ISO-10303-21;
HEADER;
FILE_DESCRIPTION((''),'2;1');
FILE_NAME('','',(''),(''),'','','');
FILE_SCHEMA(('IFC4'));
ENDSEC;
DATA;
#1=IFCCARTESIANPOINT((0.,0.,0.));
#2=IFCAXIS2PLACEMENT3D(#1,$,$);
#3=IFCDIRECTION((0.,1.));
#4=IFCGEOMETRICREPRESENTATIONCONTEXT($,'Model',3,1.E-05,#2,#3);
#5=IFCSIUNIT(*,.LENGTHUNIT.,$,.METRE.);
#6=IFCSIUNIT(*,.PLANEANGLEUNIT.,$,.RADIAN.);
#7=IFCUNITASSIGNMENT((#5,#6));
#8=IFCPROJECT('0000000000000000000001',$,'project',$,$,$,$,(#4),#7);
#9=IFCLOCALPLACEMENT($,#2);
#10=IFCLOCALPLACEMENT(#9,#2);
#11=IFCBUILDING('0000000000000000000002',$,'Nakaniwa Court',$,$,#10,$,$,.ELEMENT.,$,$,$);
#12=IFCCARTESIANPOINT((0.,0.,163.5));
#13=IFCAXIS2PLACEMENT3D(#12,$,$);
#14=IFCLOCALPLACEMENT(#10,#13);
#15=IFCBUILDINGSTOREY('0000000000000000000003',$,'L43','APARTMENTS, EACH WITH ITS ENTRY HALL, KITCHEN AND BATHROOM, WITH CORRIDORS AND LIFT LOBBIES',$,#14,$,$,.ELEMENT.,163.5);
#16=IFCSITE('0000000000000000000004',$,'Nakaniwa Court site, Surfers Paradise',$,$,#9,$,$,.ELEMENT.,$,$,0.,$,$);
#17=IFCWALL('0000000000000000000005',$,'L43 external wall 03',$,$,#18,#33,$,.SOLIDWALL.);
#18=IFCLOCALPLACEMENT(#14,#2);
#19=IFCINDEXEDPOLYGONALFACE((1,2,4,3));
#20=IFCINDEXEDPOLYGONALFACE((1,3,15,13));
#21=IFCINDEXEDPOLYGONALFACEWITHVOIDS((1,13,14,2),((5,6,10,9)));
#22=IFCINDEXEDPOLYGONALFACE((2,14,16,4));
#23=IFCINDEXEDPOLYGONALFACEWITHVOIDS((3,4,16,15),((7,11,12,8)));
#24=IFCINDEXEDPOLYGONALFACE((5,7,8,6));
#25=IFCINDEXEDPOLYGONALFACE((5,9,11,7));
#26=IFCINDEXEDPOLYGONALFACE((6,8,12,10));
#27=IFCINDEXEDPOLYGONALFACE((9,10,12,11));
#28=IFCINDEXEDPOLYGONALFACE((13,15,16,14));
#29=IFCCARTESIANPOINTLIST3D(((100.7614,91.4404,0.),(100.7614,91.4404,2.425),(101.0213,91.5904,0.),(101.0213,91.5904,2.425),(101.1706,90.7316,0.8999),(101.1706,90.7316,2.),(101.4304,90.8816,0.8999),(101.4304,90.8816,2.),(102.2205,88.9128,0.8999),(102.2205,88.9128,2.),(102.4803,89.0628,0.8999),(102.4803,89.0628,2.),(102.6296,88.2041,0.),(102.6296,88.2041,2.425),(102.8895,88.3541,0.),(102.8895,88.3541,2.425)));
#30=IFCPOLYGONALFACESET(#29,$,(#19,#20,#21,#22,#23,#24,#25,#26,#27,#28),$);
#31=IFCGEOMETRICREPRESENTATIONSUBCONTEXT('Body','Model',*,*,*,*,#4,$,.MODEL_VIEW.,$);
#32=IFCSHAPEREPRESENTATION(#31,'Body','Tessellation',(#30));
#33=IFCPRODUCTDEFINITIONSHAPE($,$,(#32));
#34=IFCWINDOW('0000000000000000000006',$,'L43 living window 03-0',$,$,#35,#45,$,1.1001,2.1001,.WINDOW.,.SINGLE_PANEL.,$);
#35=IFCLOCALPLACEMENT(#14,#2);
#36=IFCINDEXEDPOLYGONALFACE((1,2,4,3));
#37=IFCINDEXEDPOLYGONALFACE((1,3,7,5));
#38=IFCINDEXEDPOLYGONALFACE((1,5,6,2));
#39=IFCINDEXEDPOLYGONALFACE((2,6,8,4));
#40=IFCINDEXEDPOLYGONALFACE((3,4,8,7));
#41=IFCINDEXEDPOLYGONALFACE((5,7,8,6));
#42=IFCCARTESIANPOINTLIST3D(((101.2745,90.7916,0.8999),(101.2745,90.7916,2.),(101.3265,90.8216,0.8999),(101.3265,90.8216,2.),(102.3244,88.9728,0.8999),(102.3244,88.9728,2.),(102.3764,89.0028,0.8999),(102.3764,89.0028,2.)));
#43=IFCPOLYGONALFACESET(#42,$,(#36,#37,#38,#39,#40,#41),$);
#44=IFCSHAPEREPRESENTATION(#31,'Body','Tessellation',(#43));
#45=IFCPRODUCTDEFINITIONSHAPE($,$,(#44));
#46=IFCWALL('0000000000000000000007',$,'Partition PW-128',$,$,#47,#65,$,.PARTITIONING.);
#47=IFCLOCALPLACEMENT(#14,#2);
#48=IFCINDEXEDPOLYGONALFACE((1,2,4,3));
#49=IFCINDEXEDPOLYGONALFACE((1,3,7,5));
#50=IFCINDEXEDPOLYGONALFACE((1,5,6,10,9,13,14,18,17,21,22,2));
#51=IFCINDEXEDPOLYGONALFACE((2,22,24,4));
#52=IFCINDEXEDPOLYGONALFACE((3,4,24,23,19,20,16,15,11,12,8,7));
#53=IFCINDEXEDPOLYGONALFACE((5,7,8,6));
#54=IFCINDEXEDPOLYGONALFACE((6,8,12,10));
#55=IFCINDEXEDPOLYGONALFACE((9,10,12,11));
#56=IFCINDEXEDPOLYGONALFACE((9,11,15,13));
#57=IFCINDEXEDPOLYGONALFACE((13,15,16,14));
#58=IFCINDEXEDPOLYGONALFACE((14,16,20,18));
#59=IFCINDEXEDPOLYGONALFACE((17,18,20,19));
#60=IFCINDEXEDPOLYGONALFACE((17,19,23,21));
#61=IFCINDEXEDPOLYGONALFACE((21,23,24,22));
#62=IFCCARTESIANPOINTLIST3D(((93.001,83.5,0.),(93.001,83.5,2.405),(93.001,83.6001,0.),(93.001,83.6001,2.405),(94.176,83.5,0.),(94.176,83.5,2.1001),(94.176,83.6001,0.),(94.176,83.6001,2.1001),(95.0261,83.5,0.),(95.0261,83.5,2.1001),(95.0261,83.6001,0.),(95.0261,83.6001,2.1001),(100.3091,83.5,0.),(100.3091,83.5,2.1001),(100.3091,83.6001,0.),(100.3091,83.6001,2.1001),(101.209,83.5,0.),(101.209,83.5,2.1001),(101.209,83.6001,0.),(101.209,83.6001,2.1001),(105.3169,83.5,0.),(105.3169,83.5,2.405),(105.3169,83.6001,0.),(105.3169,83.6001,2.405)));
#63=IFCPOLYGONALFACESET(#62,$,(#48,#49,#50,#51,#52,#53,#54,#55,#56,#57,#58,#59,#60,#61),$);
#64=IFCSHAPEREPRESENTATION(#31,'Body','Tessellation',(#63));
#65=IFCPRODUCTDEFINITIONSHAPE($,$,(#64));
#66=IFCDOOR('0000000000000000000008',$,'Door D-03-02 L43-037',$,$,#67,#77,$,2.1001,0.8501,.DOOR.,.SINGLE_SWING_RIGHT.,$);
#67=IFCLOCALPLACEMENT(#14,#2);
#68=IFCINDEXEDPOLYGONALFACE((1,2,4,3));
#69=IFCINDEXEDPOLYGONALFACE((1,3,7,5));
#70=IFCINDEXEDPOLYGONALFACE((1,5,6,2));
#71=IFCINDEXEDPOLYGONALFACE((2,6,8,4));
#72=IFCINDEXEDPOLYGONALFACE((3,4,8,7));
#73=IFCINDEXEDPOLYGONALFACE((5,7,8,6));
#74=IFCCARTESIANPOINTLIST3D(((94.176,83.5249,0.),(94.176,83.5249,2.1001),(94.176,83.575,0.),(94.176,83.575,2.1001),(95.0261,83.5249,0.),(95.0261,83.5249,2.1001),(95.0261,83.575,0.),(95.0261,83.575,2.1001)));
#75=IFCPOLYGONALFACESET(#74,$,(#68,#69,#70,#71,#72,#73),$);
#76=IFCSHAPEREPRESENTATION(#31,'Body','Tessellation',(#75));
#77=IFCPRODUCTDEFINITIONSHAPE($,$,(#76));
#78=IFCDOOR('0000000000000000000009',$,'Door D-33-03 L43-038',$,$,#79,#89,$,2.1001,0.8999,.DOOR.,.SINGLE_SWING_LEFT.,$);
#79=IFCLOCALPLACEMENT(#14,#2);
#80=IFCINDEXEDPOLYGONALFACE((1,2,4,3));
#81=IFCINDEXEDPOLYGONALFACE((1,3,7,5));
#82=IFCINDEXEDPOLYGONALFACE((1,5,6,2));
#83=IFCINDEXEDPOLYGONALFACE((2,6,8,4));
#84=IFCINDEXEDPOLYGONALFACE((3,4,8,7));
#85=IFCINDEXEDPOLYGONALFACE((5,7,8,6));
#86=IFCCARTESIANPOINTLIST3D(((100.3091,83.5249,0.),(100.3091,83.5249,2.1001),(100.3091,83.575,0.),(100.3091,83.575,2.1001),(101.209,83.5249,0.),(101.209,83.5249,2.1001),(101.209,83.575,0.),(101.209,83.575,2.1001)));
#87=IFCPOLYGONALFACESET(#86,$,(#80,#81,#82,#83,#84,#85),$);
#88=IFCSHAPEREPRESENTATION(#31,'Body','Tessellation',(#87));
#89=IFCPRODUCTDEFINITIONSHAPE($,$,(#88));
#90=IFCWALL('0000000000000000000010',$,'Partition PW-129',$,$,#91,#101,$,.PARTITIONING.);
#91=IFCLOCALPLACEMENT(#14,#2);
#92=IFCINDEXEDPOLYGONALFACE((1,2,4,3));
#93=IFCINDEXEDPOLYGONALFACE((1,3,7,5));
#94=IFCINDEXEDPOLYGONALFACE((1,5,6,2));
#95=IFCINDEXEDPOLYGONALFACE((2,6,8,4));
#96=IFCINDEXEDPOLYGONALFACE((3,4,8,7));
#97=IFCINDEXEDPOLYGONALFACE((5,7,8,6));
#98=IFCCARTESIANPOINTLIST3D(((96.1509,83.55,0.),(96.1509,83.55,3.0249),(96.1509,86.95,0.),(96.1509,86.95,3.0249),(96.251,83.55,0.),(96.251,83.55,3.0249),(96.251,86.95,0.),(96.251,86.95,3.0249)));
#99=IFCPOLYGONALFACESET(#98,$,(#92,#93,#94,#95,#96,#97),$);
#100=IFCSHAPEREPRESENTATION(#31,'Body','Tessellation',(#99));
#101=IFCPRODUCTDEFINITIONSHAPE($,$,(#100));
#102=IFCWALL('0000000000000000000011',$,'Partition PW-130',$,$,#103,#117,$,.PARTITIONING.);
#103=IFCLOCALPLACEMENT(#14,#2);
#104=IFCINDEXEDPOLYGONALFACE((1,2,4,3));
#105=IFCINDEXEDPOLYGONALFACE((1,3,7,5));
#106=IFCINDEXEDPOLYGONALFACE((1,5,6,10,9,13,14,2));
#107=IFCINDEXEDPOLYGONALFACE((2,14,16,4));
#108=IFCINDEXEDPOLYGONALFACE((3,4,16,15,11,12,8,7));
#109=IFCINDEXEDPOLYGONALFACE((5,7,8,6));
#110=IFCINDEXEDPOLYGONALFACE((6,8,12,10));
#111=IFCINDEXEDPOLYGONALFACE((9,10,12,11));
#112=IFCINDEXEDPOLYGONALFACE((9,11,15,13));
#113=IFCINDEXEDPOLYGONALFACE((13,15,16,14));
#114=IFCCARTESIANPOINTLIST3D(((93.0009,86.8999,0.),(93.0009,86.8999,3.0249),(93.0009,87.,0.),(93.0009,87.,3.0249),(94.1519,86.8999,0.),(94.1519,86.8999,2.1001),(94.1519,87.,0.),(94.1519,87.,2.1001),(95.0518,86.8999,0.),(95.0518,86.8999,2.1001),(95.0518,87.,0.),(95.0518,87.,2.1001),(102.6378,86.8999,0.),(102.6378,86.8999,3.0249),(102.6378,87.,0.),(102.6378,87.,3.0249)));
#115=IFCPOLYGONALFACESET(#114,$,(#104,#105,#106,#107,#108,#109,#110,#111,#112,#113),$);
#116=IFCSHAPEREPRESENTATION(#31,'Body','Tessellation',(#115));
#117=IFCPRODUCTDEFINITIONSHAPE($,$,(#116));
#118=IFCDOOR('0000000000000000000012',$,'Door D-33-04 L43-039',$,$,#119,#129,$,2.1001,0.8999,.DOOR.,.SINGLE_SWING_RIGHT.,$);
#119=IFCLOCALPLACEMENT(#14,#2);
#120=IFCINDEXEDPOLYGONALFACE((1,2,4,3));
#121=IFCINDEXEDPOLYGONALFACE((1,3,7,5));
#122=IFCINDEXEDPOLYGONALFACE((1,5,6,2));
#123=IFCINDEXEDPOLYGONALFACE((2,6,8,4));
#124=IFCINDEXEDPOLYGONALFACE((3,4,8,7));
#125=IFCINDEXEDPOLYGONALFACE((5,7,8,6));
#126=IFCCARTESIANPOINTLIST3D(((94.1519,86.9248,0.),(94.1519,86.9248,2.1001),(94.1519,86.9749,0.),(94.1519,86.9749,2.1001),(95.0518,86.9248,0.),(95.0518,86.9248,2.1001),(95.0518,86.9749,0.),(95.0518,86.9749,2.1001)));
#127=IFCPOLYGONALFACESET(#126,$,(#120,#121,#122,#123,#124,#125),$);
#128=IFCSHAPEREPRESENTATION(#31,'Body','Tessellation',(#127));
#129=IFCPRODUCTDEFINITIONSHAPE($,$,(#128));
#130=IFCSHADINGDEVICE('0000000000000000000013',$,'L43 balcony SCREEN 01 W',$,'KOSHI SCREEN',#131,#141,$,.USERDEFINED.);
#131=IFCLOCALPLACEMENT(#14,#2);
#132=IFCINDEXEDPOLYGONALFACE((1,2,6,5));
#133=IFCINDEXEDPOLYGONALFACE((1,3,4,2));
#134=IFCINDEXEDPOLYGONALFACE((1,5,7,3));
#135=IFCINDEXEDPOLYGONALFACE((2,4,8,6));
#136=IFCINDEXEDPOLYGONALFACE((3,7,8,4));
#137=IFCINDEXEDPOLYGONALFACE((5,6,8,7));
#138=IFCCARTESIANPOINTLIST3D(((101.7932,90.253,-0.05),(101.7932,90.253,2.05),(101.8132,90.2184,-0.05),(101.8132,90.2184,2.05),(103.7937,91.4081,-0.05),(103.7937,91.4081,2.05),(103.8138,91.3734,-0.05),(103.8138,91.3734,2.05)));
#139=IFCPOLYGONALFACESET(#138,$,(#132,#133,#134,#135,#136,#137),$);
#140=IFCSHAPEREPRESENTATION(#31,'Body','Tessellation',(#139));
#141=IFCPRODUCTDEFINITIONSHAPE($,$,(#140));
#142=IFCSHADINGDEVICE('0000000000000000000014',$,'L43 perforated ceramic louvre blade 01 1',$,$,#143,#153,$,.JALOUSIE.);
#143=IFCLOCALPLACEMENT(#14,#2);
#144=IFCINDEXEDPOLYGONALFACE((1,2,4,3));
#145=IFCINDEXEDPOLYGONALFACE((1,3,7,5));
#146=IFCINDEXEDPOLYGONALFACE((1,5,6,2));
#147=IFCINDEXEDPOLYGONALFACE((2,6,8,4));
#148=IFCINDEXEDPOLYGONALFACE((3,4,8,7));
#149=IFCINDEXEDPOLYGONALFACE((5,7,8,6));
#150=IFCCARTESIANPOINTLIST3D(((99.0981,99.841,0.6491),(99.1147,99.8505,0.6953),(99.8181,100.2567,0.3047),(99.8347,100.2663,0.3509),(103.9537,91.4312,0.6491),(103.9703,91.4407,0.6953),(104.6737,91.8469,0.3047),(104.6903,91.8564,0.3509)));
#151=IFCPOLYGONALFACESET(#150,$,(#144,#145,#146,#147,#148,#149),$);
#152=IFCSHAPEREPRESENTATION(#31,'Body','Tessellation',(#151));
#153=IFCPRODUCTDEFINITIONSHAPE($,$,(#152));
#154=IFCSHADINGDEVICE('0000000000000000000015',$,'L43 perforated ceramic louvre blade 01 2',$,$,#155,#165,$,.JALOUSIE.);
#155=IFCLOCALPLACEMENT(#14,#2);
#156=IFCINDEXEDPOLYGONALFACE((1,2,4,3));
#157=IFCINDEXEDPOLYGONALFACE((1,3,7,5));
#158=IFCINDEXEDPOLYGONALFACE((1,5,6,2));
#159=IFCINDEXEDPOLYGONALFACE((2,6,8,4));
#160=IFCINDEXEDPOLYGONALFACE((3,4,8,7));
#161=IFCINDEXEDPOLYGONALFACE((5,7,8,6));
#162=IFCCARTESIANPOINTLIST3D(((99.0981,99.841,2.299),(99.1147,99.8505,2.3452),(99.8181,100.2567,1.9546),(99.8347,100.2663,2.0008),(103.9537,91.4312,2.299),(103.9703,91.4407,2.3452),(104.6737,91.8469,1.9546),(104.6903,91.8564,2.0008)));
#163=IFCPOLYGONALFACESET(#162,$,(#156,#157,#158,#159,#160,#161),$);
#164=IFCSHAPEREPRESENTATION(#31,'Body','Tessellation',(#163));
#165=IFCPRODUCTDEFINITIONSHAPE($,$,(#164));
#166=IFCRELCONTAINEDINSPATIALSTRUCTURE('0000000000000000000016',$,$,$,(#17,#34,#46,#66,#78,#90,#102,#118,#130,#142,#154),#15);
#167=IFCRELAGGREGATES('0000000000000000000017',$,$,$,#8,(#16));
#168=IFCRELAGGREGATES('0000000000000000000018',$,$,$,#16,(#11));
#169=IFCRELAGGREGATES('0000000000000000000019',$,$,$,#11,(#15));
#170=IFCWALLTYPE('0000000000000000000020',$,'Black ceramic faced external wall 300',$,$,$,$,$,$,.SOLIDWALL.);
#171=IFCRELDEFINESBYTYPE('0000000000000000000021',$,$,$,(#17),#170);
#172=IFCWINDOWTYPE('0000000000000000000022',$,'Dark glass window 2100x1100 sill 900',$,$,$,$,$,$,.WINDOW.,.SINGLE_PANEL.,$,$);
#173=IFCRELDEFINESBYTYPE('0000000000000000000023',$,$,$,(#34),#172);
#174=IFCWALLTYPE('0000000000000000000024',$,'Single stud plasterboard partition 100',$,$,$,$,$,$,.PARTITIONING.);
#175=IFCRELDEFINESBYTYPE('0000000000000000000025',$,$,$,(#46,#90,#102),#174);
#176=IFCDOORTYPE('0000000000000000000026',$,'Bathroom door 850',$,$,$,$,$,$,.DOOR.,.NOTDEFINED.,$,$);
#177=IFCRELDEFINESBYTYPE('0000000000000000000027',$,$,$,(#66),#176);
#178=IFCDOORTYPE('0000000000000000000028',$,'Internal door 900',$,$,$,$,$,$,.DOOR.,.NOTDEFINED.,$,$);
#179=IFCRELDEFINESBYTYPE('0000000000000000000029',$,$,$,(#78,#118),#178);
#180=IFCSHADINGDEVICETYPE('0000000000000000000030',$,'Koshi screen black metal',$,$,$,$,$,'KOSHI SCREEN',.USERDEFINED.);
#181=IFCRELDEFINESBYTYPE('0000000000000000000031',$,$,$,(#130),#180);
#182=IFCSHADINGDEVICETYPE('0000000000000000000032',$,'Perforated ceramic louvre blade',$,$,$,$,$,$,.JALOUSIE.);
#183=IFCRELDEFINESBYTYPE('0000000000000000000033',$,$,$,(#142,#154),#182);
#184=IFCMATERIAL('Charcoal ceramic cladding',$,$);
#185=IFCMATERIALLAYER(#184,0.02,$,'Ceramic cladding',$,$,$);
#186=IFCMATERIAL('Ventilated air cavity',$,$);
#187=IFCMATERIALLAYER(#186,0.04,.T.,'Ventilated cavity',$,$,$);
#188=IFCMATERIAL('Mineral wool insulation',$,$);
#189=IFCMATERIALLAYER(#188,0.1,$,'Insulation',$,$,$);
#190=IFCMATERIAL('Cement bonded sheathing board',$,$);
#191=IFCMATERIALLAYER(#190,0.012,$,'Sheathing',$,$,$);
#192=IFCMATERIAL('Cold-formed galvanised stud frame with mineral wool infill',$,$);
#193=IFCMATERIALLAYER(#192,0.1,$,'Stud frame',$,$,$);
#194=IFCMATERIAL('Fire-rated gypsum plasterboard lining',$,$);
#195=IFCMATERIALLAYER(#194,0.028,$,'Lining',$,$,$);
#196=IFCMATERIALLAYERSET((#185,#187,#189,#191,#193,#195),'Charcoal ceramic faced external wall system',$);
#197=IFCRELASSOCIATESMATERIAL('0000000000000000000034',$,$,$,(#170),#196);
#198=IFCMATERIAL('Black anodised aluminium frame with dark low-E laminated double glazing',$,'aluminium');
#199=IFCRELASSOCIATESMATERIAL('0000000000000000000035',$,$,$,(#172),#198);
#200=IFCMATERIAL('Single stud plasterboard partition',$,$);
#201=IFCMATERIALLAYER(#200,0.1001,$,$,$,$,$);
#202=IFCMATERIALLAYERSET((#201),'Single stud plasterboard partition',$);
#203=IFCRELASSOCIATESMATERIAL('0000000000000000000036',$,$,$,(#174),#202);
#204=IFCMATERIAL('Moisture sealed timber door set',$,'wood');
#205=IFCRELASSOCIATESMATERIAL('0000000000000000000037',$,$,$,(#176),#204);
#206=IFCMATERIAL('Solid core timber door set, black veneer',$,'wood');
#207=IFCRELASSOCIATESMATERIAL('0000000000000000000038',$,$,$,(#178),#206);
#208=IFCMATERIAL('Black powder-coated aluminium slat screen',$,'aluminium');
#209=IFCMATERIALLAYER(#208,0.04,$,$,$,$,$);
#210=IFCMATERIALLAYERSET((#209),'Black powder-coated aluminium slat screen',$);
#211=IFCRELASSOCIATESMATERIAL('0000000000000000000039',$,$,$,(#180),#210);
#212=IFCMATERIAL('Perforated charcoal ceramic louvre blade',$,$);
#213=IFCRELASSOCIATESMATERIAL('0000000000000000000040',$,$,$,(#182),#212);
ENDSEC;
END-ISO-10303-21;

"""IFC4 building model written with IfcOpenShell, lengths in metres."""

from ifc_helpers import new_model, si_unit, direction, frame, frame_2d, origin, origin_2d, place, context, subcontext, project, spatial, rectangle, extrude, material, layer, layer_set, material_profile, profile_set, type_object, element, fill, save


model = new_model("IFC4")

# Units and contexts
model_context = context("Model", 3, precision=1e-05, world=origin(), true_north=direction((0.0, 1.0)))
body_context = subcontext(model_context, "Body", "Model", "MODEL_VIEW")
ifc_project = project(units=[si_unit("LENGTHUNIT", "METRE"), si_unit("PLANEANGLEUNIT", "RADIAN")], contexts=[model_context])

# Site, building, storey
site_placement = place(None, origin())
site = spatial("IfcSite", under=ifc_project, at=site_placement, Name="Nakaniwa Court site, Surfers Paradise", CompositionType="ELEMENT", RefElevation=0.0)
building_placement = place(site_placement, origin())
building = spatial("IfcBuilding", under=site, at=building_placement, Name="Nakaniwa Court", CompositionType="ELEMENT")
storey_placement = place(building_placement, frame((0.0, 0.0, 163.5)))
storey = spatial("IfcBuildingStorey", under=building, at=storey_placement, Name="L43", Description="APARTMENTS, EACH WITH ITS ENTRY HALL, KITCHEN AND BATHROOM, WITH CORRIDORS AND LIFT LOBBIES", CompositionType="ELEMENT", Elevation=163.5)

# Shared definitions
ifc_material_1 = material(Name="Solid core timber door set, black veneer", Category="wood")

# Shared definitions
ifc_material_2 = material(Name="Charcoal ceramic cladding")
ifc_layer_1 = layer(ifc_material_2, 0.02, Name="Ceramic cladding")
ifc_material_3 = material(Name="Ventilated air cavity")
ifc_layer_2 = layer(ifc_material_3, 0.04, ventilated=True, Name="Ventilated cavity")
ifc_material_4 = material(Name="Mineral wool insulation")
ifc_layer_3 = layer(ifc_material_4, 0.1, Name="Insulation")
ifc_material_5 = material(Name="Cement bonded sheathing board")
ifc_layer_4 = layer(ifc_material_5, 0.012, Name="Sheathing")
ifc_material_6 = material(Name="Cold-formed galvanised stud frame with mineral wool infill")
ifc_layer_5 = layer(ifc_material_6, 0.1, Name="Stud frame")
ifc_material_7 = material(Name="Fire-rated gypsum plasterboard lining")
ifc_layer_6 = layer(ifc_material_7, 0.028, Name="Lining")
ifc_layer_set_1 = layer_set([ifc_layer_1, ifc_layer_2, ifc_layer_3, ifc_layer_4, ifc_layer_5, ifc_layer_6], Name="Charcoal ceramic faced external wall system")
wall_type_1 = type_object("IfcWallType", Name="Black ceramic faced external wall 300", PredefinedType="SOLIDWALL", material=ifc_layer_set_1)

# Wall, opening, window
ifc_material_8 = material(Name="Black anodised aluminium frame with dark low-E laminated double glazing", Category="aluminium")
window_type = type_object("IfcWindowType", Name="Dark glass window 2100x1100 sill 900", PartitioningType="SINGLE_PANEL", PredefinedType="WINDOW", material=ifc_material_8)
wall_1_placement = place(storey_placement, frame((102.7595, 88.2791, 0.0), z_axis=(0.0, 0.0, 1.0), x_axis=(-0.499934, 0.866064, 0.0)))
wall_1 = element("IfcWall", 1, at=wall_1_placement, inside=storey, type_object=wall_type_1, Name="L43 external wall 03", PredefinedType="SOLIDWALL", context=body_context, shape_type="SweptSolid", body=[
    extrude(rectangle(XDim=3.7368, YDim=0.3, at=frame_2d((1.8684, 0.0))), origin(), (0.0, 0.0, 1.0), 2.425),
])
opening_1_placement = place(wall_1_placement, frame((0.8184, 0.0, 0.8999)))
opening_1 = element("IfcOpeningElement", 2, at=opening_1_placement, cuts=wall_1, PredefinedType="OPENING", context=body_context, shape_type="SweptSolid", body=[
    extrude(rectangle(XDim=2.1001, YDim=1.1001, at=frame_2d((1.05, 0.55))), frame((0.0, 0.1599, 0.0), z_axis=(0.0, -1.0, 0.0), x_axis=(1.0, 0.0, 0.0)), (0.0, 0.0, 1.0), 0.3201),
])
window_1_placement = place(opening_1_placement, origin())
window_1 = element("IfcWindow", 3, at=window_1_placement, inside=storey, type_object=window_type, Name="L43 living window 03-0", OverallHeight=1.1001, OverallWidth=2.1001, PartitioningType="SINGLE_PANEL", PredefinedType="WINDOW", context=body_context, shape_type="SweptSolid", body=[
    extrude(rectangle(XDim=2.1001, YDim=1.1001, at=frame_2d((1.05, 0.55))), frame((0.0, 0.03, 0.0), z_axis=(0.0, -1.0, 0.0), x_axis=(1.0, 0.0, 0.0)), (0.0, 0.0, 1.0), 0.0601),
])
fill(opening_1, window_1)

# Wall, openings, doors
ifc_material_9 = material(Name="Single stud plasterboard partition")
ifc_layer_7 = layer(ifc_material_9, 0.1001)
ifc_layer_set_2 = layer_set([ifc_layer_7], Name="Single stud plasterboard partition")
wall_type_2 = type_object("IfcWallType", Name="Single stud plasterboard partition 100", PredefinedType="PARTITIONING", material=ifc_layer_set_2)
wall_2_placement = place(storey_placement, frame((93.001, 83.55, 0.0), z_axis=(0.0, 0.0, 1.0), x_axis=(1.0, 0.0, 0.0)))
wall_2 = element("IfcWall", 4, at=wall_2_placement, inside=storey, type_object=wall_type_2, Name="Partition PW-128", PredefinedType="PARTITIONING", context=body_context, shape_type="SweptSolid", body=[
    extrude(rectangle(XDim=12.3159, YDim=0.1001, at=frame_2d((6.158, 0.0))), origin(), (0.0, 0.0, 1.0), 2.405),
])
opening_2_placement = place(wall_2_placement, frame((1.175, 0.0, 0.0)))
opening_2 = element("IfcOpeningElement", 5, at=opening_2_placement, cuts=wall_2, PredefinedType="OPENING", context=body_context, shape_type="SweptSolid", body=[
    extrude(rectangle(XDim=0.8501, YDim=2.1001, at=frame_2d((0.425, 1.05))), frame((0.0, 0.0601, 0.0), z_axis=(0.0, -1.0, 0.0), x_axis=(1.0, 0.0, 0.0)), (0.0, 0.0, 1.0), 0.1201),
])
opening_3_placement = place(wall_2_placement, frame((7.3081, 0.0, 0.0)))
opening_3 = element("IfcOpeningElement", 6, at=opening_3_placement, cuts=wall_2, PredefinedType="OPENING", context=body_context, shape_type="SweptSolid", body=[
    extrude(rectangle(XDim=0.8999, YDim=2.1001, at=frame_2d((0.45, 1.05))), frame((0.0, 0.0601, 0.0), z_axis=(0.0, -1.0, 0.0), x_axis=(1.0, 0.0, 0.0)), (0.0, 0.0, 1.0), 0.1201),
])
ifc_material_10 = material(Name="Moisture sealed timber door set", Category="wood")
door_type_1 = type_object("IfcDoorType", Name="Bathroom door 850", OperationType="NOTDEFINED", PredefinedType="DOOR", material=ifc_material_10)
door_1_placement = place(opening_2_placement, origin())
door_1 = element("IfcDoor", 7, at=door_1_placement, inside=storey, type_object=door_type_1, Name="Door D-03-02 L43-037", OperationType="SINGLE_SWING_RIGHT", OverallHeight=2.1001, OverallWidth=0.8501, PredefinedType="DOOR", context=body_context, shape_type="SweptSolid", body=[
    extrude(rectangle(XDim=0.8501, YDim=2.1001, at=frame_2d((0.425, 1.05))), frame((0.0, 0.0249, 0.0), z_axis=(0.0, -1.0, 0.0), x_axis=(1.0, 0.0, 0.0)), (0.0, 0.0, 1.0), 0.05),
])
fill(opening_2, door_1)
door_type_2 = type_object("IfcDoorType", Name="Internal door 900", OperationType="NOTDEFINED", PredefinedType="DOOR", material=ifc_material_1)
door_2_placement = place(opening_3_placement, origin())
door_2 = element("IfcDoor", 8, at=door_2_placement, inside=storey, type_object=door_type_2, Name="Door D-33-03 L43-038", OperationType="SINGLE_SWING_LEFT", OverallHeight=2.1001, OverallWidth=0.8999, PredefinedType="DOOR", context=body_context, shape_type="SweptSolid", body=[
    extrude(rectangle(XDim=0.8999, YDim=2.1001, at=frame_2d((0.45, 1.05))), frame((0.0, 0.0249, 0.0), z_axis=(0.0, -1.0, 0.0), x_axis=(1.0, 0.0, 0.0)), (0.0, 0.0, 1.0), 0.05),
])
fill(opening_3, door_2)

# Wall
wall_3_placement = place(storey_placement, frame((96.2009, 83.55, 0.0), z_axis=(0.0, 0.0, 1.0), x_axis=(0.0, 1.0, 0.0)))
element("IfcWall", 9, at=wall_3_placement, inside=storey, type_object=wall_type_2, Name="Partition PW-129", PredefinedType="PARTITIONING", context=body_context, shape_type="SweptSolid", body=[
    extrude(rectangle(XDim=3.3999, YDim=0.1001, at=frame_2d((1.7, 0.0))), origin(), (0.0, 0.0, 1.0), 3.0249),
])

# Wall, opening, door
wall_4_placement = place(storey_placement, frame((93.001, 86.95, 0.0), z_axis=(0.0, 0.0, 1.0), x_axis=(1.0, 0.0, 0.0)))
wall_4 = element("IfcWall", 10, at=wall_4_placement, inside=storey, type_object=wall_type_2, Name="Partition PW-130", PredefinedType="PARTITIONING", context=body_context, shape_type="SweptSolid", body=[
    extrude(rectangle(XDim=9.637, YDim=0.1001, at=frame_2d((4.8184, 0.0))), origin(), (0.0, 0.0, 1.0), 3.0249),
])
opening_4_placement = place(wall_4_placement, frame((1.1509, 0.0, 0.0)))
opening_4 = element("IfcOpeningElement", 11, at=opening_4_placement, cuts=wall_4, PredefinedType="OPENING", context=body_context, shape_type="SweptSolid", body=[
    extrude(rectangle(XDim=0.8999, YDim=2.1001, at=frame_2d((0.45, 1.05))), frame((0.0, 0.0601, 0.0), z_axis=(0.0, -1.0, 0.0), x_axis=(1.0, 0.0, 0.0)), (0.0, 0.0, 1.0), 0.1201),
])
door_3_placement = place(opening_4_placement, origin())
door_3 = element("IfcDoor", 12, at=door_3_placement, inside=storey, type_object=door_type_2, Name="Door D-33-04 L43-039", OperationType="SINGLE_SWING_RIGHT", OverallHeight=2.1001, OverallWidth=0.8999, PredefinedType="DOOR", context=body_context, shape_type="SweptSolid", body=[
    extrude(rectangle(XDim=0.8999, YDim=2.1001, at=frame_2d((0.45, 1.05))), frame((0.0, 0.0249, 0.0), z_axis=(0.0, -1.0, 0.0), x_axis=(1.0, 0.0, 0.0)), (0.0, 0.0, 1.0), 0.05),
])
fill(opening_4, door_3)

# Shading devices
ifc_material_11 = material(Name="Black powder-coated aluminium slat screen", Category="aluminium")
ifc_layer_8 = layer(ifc_material_11, 0.04)
ifc_layer_set_3 = layer_set([ifc_layer_8], Name="Black powder-coated aluminium slat screen")
shading_device_type_1 = type_object("IfcShadingDeviceType", Name="Koshi screen black metal", ElementType="KOSHI SCREEN", PredefinedType="USERDEFINED", material=ifc_layer_set_3)
shading_device_placement = place(storey_placement, frame((102.8035, 90.8132, -0.05), z_axis=(0.0, 0.0, 1.0), x_axis=(-0.500005, 0.866023, 0.0)))
element("IfcShadingDevice", 13, at=shading_device_placement, inside=storey, type_object=shading_device_type_1, Name="L43 balcony SCREEN 01 W", ObjectType="KOSHI SCREEN", PredefinedType="USERDEFINED", context=body_context, shape_type="SweptSolid", body=[
    extrude(rectangle(XDim=0.04, YDim=2.3101, at=origin_2d()), origin(), (0.0, 0.0, 1.0), 2.1001),
])
ifc_material_12 = material(Name="Perforated charcoal ceramic louvre blade")
ifc_material_profile_1 = material_profile(ifc_material_12, rectangle(XDim=0.8999, YDim=0.05, at=origin_2d()), Name="Perforated ceramic louvre blade")
ifc_profile_set_1 = profile_set([ifc_material_profile_1], Name="Perforated charcoal ceramic louvre blade")
shading_device_type_2 = type_object("IfcShadingDeviceType", Name="Perforated ceramic louvre blade", PredefinedType="JALOUSIE", material=ifc_profile_set_1)
for number, where, z_axis, x_axis, name in (
    (14, (104.322, 91.6438, 0.5), (-0.500019, 0.866014, 0.0), (-0.800093, -0.461957, 0.382683), "L43 perforated ceramic louvre blade 01 1"),
    (15, (104.322, 91.6438, 2.1499), (-0.500019, 0.866014, 0.0), (-0.800093, -0.461957, 0.382683), "L43 perforated ceramic louvre blade 01 2"),
):
    element("IfcShadingDevice", number, at=place(storey_placement, frame(where, z_axis=z_axis, x_axis=x_axis)), inside=storey, type_object=shading_device_type_2, Name=name, PredefinedType="JALOUSIE", context=body_context, shape_type="SweptSolid", body=[
        extrude(rectangle(XDim=0.8999, YDim=0.05, at=origin_2d()), origin(), (0.0, 0.0, 1.0), 9.7109),
    ])

save(model, "model.ifc")
